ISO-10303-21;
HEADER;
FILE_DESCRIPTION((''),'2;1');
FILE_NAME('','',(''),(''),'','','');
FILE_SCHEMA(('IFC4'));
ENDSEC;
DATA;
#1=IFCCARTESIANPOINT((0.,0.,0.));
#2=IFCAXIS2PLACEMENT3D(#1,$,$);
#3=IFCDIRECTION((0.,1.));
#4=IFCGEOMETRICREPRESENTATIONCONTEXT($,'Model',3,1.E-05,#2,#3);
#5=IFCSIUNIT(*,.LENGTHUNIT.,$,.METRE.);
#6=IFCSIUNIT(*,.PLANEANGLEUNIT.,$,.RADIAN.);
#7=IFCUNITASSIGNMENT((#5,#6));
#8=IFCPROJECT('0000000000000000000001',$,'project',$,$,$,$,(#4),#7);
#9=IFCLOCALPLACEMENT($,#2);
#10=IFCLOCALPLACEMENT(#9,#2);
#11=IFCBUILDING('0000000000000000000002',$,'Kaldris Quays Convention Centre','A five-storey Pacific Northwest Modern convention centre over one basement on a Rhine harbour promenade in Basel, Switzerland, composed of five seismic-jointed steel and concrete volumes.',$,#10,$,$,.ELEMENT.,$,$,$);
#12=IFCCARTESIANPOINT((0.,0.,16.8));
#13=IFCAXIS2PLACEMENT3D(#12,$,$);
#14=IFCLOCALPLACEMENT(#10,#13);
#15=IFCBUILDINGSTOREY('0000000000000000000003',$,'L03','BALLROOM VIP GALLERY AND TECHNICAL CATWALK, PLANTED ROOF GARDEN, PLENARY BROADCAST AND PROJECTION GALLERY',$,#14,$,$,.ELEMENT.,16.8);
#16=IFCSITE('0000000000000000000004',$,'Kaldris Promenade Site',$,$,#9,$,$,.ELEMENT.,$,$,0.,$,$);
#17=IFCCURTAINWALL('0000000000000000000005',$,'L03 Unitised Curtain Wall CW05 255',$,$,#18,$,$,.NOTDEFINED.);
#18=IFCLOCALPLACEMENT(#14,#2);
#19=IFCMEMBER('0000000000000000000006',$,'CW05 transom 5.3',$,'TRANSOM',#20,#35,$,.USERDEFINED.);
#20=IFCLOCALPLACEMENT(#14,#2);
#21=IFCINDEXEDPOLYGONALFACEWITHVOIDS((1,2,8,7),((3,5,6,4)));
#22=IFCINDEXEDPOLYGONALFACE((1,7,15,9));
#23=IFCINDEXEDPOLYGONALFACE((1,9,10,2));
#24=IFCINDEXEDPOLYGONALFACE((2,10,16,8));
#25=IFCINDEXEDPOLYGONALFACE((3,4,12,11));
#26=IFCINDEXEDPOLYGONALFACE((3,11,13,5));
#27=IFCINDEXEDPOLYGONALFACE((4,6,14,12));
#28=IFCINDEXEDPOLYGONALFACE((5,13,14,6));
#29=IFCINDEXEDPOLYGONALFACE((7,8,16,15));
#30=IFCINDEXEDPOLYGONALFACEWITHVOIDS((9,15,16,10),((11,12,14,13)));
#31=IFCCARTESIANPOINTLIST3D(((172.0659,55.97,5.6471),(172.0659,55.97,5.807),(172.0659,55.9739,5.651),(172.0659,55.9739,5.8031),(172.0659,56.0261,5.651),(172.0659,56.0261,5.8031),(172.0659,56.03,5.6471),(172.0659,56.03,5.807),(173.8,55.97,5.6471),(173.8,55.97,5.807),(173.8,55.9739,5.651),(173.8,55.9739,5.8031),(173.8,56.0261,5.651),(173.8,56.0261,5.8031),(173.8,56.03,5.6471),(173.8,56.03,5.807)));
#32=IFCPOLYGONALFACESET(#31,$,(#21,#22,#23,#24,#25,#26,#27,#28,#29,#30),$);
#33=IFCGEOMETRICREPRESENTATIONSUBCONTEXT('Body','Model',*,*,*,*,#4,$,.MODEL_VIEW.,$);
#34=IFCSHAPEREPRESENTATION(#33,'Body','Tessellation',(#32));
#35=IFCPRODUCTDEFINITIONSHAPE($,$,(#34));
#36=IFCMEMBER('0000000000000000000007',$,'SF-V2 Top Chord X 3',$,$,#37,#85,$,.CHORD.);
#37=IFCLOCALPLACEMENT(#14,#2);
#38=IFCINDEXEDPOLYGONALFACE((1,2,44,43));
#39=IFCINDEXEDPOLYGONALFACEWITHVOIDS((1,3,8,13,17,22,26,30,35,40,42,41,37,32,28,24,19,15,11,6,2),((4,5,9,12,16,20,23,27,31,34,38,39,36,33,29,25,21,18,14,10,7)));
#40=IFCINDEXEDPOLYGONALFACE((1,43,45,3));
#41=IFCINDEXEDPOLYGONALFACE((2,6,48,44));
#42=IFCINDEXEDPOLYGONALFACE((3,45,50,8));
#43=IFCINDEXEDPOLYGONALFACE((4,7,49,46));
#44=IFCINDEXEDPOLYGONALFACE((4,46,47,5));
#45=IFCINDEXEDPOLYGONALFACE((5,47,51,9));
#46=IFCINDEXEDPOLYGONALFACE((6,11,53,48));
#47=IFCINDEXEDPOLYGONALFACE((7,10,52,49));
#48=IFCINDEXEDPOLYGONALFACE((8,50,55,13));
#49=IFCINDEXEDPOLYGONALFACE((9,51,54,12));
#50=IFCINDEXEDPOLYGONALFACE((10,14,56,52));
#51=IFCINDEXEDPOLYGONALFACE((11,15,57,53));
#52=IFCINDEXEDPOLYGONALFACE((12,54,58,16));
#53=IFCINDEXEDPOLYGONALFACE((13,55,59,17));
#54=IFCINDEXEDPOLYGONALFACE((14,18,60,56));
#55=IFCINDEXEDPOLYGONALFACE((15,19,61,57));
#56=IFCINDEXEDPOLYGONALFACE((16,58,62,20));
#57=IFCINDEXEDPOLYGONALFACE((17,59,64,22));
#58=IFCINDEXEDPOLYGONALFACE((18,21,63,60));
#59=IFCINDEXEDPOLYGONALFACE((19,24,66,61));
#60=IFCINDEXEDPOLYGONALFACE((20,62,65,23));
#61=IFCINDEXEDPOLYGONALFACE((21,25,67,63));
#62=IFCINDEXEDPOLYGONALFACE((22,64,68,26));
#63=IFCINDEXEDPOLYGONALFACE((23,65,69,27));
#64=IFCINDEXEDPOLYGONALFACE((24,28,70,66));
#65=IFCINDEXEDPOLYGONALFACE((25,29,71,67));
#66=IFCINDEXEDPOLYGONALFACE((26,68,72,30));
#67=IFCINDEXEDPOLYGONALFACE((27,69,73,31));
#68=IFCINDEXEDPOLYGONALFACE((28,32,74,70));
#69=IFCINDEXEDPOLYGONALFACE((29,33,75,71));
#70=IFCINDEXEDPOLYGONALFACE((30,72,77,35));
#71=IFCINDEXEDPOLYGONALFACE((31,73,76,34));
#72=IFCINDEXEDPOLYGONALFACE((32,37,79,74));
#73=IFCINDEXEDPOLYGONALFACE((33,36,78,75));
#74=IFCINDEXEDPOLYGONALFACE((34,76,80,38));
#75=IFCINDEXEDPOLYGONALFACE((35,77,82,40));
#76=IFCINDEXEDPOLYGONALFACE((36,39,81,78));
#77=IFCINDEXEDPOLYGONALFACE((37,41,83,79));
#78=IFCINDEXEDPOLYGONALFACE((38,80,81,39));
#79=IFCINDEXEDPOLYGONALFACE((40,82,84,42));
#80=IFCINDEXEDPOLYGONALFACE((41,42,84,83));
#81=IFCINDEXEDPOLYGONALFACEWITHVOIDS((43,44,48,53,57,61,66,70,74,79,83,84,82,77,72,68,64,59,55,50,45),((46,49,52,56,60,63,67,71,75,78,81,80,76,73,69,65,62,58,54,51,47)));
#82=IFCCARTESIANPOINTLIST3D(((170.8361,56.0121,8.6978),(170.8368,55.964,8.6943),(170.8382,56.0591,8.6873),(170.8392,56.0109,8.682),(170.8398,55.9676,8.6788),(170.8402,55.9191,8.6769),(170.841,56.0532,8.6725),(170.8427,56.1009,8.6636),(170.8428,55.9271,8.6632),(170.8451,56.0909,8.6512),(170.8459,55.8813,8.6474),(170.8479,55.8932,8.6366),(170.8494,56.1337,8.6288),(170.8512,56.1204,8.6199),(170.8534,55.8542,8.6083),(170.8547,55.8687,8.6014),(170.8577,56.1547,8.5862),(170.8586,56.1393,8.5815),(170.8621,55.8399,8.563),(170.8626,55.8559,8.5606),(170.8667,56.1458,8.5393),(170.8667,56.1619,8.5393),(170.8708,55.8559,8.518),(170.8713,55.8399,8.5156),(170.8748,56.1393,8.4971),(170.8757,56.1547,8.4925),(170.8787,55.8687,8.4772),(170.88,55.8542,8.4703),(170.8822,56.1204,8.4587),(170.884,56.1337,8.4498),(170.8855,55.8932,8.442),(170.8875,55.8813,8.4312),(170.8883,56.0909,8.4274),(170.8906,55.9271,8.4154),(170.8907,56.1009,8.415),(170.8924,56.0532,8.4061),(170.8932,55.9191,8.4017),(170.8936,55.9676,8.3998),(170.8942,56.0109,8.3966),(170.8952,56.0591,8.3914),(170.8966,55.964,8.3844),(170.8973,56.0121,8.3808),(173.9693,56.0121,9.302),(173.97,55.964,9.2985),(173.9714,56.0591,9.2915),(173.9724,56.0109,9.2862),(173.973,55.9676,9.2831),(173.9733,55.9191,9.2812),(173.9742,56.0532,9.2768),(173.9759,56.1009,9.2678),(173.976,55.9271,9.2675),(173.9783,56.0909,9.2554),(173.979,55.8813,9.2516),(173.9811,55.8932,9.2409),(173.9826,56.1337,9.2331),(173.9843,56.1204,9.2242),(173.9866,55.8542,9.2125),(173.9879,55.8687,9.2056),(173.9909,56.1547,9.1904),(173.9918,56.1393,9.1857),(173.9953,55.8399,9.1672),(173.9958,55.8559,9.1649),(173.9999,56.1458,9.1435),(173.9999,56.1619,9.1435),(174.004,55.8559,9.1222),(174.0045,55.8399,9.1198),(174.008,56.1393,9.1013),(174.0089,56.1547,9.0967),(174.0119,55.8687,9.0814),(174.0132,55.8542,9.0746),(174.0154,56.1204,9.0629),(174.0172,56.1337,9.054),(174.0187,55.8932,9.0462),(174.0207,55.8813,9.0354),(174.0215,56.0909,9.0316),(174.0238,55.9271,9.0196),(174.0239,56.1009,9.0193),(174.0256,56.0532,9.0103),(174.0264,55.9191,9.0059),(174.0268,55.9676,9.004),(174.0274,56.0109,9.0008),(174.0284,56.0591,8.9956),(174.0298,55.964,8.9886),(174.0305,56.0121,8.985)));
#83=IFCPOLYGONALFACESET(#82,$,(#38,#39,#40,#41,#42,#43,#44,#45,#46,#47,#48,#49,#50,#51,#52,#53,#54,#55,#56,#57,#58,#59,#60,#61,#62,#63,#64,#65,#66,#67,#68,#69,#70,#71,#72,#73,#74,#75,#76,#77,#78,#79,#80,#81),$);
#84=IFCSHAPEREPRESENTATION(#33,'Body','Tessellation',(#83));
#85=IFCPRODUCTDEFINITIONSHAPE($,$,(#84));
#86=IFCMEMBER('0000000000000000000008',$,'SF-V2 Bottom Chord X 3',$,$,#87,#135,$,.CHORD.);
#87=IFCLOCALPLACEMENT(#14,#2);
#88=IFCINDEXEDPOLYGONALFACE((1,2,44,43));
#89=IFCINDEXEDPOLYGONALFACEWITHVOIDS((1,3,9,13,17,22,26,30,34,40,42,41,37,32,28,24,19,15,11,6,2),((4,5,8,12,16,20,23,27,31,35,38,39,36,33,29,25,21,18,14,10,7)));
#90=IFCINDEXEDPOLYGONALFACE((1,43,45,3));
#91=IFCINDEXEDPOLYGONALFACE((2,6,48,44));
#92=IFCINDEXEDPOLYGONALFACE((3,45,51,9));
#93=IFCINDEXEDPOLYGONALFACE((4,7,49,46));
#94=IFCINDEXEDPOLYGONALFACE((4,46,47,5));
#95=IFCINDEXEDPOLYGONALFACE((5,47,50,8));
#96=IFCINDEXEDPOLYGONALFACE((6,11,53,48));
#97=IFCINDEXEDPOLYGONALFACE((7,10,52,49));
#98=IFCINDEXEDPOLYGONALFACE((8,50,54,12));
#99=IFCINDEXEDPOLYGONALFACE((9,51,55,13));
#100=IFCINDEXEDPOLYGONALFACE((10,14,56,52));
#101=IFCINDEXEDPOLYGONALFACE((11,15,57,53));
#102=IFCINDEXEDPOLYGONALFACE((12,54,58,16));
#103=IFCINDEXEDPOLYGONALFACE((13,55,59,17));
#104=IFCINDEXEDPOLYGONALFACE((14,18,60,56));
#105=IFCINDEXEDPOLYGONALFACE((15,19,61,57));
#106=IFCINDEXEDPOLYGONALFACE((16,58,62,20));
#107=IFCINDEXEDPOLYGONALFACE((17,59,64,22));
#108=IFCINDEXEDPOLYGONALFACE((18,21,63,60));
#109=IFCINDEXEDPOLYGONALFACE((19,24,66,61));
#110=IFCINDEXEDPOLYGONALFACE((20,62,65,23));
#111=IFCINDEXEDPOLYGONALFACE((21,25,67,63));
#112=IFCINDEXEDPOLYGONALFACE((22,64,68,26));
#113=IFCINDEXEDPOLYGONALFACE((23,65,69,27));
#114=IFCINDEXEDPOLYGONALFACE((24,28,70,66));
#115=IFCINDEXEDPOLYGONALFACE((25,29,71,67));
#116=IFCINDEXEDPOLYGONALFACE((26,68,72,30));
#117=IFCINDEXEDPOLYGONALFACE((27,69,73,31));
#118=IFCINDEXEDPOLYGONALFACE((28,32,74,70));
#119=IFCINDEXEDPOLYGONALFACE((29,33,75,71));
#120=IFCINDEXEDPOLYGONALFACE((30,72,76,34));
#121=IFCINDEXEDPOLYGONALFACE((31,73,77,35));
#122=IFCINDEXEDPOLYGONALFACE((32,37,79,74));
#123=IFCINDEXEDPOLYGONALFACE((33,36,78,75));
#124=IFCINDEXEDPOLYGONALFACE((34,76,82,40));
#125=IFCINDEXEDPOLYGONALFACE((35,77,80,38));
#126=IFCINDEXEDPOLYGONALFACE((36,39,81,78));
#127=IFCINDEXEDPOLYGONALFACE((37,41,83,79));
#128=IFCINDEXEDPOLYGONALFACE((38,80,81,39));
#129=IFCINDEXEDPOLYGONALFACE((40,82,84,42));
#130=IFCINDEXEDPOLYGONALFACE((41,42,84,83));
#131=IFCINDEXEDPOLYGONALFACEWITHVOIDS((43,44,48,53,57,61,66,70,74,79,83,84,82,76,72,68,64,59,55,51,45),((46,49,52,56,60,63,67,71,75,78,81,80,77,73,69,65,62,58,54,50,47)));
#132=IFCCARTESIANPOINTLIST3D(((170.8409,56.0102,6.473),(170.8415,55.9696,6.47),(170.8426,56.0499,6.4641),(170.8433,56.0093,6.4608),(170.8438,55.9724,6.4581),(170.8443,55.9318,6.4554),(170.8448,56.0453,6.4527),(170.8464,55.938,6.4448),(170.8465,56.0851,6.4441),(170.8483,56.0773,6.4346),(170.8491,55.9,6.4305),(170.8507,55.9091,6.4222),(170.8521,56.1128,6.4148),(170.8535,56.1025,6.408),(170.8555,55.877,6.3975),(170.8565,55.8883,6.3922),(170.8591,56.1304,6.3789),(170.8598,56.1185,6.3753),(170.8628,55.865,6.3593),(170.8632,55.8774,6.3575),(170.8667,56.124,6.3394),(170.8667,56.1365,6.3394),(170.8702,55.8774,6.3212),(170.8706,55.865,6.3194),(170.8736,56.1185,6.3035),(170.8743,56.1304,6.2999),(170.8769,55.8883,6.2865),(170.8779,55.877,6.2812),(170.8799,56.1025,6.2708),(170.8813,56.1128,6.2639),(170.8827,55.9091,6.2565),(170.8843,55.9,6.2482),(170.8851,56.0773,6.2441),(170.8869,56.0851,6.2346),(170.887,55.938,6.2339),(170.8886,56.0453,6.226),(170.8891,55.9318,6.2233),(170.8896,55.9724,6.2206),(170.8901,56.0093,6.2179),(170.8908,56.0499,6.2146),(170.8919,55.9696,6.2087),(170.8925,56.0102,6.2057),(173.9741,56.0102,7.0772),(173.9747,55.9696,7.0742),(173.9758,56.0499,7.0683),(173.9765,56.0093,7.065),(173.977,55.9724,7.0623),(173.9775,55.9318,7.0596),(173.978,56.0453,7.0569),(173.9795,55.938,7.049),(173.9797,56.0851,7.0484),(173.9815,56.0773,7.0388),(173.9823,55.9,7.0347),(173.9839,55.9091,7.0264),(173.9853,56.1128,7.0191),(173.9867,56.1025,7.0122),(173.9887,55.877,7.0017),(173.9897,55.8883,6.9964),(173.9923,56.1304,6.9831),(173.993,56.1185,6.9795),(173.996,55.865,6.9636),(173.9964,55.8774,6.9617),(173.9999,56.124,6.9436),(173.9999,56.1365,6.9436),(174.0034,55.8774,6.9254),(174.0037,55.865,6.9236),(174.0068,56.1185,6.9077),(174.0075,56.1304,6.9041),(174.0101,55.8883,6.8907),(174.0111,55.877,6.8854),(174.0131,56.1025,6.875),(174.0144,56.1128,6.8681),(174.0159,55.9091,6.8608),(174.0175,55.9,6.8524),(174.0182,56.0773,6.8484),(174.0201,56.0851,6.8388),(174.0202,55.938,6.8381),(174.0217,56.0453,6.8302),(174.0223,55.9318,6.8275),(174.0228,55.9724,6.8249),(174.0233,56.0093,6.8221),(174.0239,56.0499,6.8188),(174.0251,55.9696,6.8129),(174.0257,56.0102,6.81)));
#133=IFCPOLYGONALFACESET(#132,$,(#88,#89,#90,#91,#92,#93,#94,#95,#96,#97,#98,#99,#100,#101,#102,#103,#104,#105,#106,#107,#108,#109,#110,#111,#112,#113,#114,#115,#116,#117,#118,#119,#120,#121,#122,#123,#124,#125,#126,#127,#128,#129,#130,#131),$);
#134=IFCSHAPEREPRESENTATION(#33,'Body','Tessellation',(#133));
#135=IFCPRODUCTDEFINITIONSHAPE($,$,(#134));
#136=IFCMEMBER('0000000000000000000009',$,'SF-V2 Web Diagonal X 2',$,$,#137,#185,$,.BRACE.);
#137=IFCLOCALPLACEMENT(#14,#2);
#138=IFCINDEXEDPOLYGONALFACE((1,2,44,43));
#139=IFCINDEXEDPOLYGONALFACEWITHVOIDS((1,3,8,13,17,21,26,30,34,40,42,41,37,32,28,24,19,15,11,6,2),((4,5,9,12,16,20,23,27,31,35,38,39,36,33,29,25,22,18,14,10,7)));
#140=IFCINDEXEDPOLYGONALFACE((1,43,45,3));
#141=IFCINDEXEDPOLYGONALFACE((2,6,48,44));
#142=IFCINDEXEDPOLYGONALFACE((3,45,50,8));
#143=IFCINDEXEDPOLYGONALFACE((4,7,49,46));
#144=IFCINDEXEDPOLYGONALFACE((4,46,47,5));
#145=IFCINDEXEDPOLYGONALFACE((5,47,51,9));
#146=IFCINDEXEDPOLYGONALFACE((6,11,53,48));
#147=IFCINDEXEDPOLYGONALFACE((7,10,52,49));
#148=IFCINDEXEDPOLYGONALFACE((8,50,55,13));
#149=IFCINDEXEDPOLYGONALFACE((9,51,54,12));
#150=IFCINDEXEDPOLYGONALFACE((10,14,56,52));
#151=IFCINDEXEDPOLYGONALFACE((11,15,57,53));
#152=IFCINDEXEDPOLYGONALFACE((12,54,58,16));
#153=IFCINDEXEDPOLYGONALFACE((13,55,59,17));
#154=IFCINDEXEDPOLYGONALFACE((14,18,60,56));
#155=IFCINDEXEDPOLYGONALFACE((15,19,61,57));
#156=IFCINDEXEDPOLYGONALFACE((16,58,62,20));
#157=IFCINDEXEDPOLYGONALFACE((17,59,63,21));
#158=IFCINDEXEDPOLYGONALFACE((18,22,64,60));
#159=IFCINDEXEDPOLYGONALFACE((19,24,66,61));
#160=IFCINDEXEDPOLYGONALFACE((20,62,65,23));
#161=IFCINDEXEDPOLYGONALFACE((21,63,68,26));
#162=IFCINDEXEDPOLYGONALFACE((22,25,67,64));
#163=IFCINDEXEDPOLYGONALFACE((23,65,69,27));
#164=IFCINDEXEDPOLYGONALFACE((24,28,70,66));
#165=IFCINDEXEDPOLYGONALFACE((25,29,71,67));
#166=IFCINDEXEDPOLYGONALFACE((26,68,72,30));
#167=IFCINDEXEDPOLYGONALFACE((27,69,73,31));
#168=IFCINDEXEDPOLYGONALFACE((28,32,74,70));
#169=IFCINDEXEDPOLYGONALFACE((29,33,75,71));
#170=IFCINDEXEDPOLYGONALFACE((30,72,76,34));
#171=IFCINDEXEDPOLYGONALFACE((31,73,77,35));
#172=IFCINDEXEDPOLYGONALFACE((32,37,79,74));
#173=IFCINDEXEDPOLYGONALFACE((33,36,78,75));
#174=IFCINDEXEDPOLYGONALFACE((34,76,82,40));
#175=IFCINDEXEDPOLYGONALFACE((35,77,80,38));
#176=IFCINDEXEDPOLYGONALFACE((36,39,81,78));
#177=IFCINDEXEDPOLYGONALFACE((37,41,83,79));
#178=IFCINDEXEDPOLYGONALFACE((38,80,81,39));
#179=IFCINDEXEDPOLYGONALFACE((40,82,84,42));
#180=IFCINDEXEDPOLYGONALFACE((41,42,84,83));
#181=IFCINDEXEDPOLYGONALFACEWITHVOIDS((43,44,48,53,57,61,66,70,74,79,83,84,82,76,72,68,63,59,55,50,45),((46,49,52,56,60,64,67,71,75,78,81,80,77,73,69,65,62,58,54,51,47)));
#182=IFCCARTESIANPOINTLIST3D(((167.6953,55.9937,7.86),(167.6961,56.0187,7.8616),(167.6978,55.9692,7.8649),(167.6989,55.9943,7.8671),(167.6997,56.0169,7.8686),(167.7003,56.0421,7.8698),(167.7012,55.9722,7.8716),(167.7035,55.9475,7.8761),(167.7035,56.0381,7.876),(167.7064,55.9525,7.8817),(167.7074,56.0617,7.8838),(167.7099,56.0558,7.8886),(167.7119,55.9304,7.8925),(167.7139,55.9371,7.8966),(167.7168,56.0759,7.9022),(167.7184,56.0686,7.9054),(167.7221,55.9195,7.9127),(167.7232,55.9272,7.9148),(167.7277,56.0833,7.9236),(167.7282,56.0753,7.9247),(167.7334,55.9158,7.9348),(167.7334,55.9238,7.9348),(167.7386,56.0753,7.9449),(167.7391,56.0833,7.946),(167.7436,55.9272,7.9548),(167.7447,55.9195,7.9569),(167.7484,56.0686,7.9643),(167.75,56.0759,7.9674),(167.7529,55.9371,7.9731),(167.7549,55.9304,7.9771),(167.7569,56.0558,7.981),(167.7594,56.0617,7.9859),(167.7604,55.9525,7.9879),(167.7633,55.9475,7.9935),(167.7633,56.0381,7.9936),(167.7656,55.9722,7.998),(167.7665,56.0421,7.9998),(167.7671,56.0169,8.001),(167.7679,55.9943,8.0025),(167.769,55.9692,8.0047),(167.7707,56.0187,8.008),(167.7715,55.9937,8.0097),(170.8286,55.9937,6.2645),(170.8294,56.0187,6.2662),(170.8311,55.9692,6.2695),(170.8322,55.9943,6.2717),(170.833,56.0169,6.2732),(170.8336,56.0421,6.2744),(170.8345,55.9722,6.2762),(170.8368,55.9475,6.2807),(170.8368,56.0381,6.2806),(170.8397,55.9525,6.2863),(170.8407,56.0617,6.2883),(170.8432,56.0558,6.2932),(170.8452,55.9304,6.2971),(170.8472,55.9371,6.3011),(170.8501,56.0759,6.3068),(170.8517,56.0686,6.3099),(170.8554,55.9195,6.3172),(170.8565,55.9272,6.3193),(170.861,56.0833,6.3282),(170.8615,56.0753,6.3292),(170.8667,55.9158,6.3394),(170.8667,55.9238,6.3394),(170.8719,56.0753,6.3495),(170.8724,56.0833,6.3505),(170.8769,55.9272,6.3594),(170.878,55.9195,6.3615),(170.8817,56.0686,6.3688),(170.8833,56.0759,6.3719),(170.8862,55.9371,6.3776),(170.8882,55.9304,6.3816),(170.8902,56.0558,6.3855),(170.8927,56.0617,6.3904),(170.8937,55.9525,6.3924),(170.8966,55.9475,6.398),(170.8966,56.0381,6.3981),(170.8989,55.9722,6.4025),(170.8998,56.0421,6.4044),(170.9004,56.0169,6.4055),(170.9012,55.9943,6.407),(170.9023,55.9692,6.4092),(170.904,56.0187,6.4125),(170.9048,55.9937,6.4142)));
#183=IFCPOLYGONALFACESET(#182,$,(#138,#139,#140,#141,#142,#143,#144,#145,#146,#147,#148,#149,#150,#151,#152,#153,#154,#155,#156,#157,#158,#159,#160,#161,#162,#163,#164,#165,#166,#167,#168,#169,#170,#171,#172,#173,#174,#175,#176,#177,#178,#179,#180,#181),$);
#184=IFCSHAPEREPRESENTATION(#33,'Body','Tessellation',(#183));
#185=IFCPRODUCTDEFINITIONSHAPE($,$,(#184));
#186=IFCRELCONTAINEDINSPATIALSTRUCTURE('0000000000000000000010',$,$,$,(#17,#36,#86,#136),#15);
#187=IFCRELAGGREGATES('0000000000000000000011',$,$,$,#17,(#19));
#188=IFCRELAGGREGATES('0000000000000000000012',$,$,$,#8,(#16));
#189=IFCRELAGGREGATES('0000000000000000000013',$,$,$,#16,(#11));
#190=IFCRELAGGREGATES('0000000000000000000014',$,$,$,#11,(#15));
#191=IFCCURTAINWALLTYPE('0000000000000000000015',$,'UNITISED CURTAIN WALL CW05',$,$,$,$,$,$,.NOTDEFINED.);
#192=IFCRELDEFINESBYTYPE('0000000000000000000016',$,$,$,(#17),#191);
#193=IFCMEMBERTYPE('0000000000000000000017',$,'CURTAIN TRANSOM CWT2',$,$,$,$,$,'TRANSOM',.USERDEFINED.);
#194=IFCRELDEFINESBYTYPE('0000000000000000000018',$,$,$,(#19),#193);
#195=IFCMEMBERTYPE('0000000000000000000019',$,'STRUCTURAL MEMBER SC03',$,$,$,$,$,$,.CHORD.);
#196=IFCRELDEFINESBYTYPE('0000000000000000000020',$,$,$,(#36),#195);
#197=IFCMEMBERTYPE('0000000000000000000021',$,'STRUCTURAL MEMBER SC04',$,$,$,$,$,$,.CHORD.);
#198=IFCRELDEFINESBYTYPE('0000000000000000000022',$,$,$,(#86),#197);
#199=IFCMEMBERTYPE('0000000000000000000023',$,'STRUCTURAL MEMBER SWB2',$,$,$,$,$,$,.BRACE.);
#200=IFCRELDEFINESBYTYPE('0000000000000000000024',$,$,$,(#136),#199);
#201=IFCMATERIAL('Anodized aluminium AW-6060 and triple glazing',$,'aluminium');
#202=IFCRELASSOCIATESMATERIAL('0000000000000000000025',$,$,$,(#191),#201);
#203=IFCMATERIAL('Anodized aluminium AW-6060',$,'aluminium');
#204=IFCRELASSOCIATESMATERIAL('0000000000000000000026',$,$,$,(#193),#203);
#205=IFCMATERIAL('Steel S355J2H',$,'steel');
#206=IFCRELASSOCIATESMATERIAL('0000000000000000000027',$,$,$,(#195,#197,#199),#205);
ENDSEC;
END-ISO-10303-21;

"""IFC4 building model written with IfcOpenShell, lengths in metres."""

from ifc_helpers import new_model, si_unit, direction, frame, origin, origin_2d, place, context, subcontext, project, spatial, hollow_rectangle, hollow_circle, extrude, material, material_profile, profile_set, type_object, element, aggregate, save


model = new_model("IFC4")

# Units and contexts
model_context = context("Model", 3, precision=1e-05, world=origin(), true_north=direction((0.0, 1.0)))
body_context = subcontext(model_context, "Body", "Model", "MODEL_VIEW")
ifc_project = project(units=[si_unit("LENGTHUNIT", "METRE"), si_unit("PLANEANGLEUNIT", "RADIAN")], contexts=[model_context])

# Site, building, storey
site_placement = place(None, origin())
site = spatial("IfcSite", under=ifc_project, at=site_placement, Name="Kaldris Promenade Site", CompositionType="ELEMENT", RefElevation=0.0)
building_placement = place(site_placement, origin())
building = spatial("IfcBuilding", under=site, at=building_placement, Name="Kaldris Quays Convention Centre", Description="A five-storey Pacific Northwest Modern convention centre over one basement on a Rhine harbour promenade in Basel, Switzerland, composed of five seismic-jointed steel and concrete volumes.", CompositionType="ELEMENT")
storey_placement = place(building_placement, frame((0.0, 0.0, 16.8)))
storey = spatial("IfcBuildingStorey", under=building, at=storey_placement, Name="L03", Description="BALLROOM VIP GALLERY AND TECHNICAL CATWALK, PLANTED ROOF GARDEN, PLENARY BROADCAST AND PROJECTION GALLERY", CompositionType="ELEMENT", Elevation=16.8)

# Curtain wall
ifc_material_1 = material(Name="Anodized aluminium AW-6060 and triple glazing", Category="aluminium")
ifc_material_2 = material(Name="Anodized aluminium AW-6060", Category="aluminium")
curtain_wall_type_1 = type_object("IfcCurtainWallType", Name="UNITISED CURTAIN WALL CW05", PredefinedType="NOTDEFINED", material=ifc_material_1)
curtain_wall_1_placement = place(storey_placement, origin())
curtain_wall_1 = element("IfcCurtainWall", 1, at=curtain_wall_1_placement, inside=storey, type_object=curtain_wall_type_1, Name="L03 Unitised Curtain Wall CW05 255", PredefinedType="NOTDEFINED")

# Member
ifc_material_profile_1 = material_profile(ifc_material_2, hollow_rectangle(XDim=0.0601, YDim=0.1599, WallThickness=0.0039, at=origin_2d()), Name="RHS 160x60x4")
ifc_profile_set_1 = profile_set([ifc_material_profile_1], Name="Anodized aluminium AW-6060")
member_type_1 = type_object("IfcMemberType", Name="CURTAIN TRANSOM CWT2", ElementType="TRANSOM", PredefinedType="USERDEFINED", material=ifc_profile_set_1)
member_1_placement = place(storey_placement, frame((172.0659, 56.0, 5.7271), z_axis=(1.0, 0.0, 0.0), x_axis=(0.0, 1.0, 0.0)))
member_1 = element("IfcMember", 2, at=member_1_placement, type_object=member_type_1, Name="CW05 transom 5.3", ObjectType="TRANSOM", PredefinedType="USERDEFINED", context=body_context, shape_type="SweptSolid", body=[
    extrude(hollow_rectangle(XDim=0.0601, YDim=0.1599, WallThickness=0.0039, at=origin_2d()), origin(), (0.0, 0.0, 1.0), 1.7341),
])

# Members
ifc_material_3 = material(Name="Steel S355J2H", Category="steel")
ifc_material_profile_2 = material_profile(ifc_material_3, hollow_circle(Radius=0.1619, WallThickness=0.0161, at=origin_2d()), Name="CHS 323.9x16")
ifc_profile_set_2 = profile_set([ifc_material_profile_2], Name="Steel S355J2H")
member_type_2 = type_object("IfcMemberType", Name="STRUCTURAL MEMBER SC03", PredefinedType="CHORD", material=ifc_profile_set_2)
member_2_placement = place(storey_placement, frame((170.8667, 56.0, 8.5393), z_axis=(0.981908, 0.0, 0.189358), x_axis=(0.0, 1.0, 0.0)))
element("IfcMember", 3, at=member_2_placement, inside=storey, type_object=member_type_2, Name="SF-V2 Top Chord X 3", PredefinedType="CHORD", context=body_context, shape_type="SweptSolid", body=[
    extrude(hollow_circle(Radius=0.1619, WallThickness=0.0161, at=origin_2d()), origin(), (0.0, 0.0, 1.0), 3.1909),
])
ifc_material_profile_3 = material_profile(ifc_material_3, hollow_circle(Radius=0.1365, WallThickness=0.0125, at=origin_2d()), Name="CHS 273x12.5")
ifc_profile_set_3 = profile_set([ifc_material_profile_3], Name="Steel S355J2H")
member_type_3 = type_object("IfcMemberType", Name="STRUCTURAL MEMBER SC04", PredefinedType="CHORD", material=ifc_profile_set_3)
member_3_placement = place(storey_placement, frame((170.8667, 56.0, 6.3394), z_axis=(0.981908, 0.0, 0.189358), x_axis=(0.0, 1.0, 0.0)))
element("IfcMember", 4, at=member_3_placement, inside=storey, type_object=member_type_3, Name="SF-V2 Bottom Chord X 3", PredefinedType="CHORD", context=body_context, shape_type="SweptSolid", body=[
    extrude(hollow_circle(Radius=0.1365, WallThickness=0.0125, at=origin_2d()), origin(), (0.0, 0.0, 1.0), 3.1909),
])
ifc_material_profile_4 = material_profile(ifc_material_3, hollow_circle(Radius=0.0842, WallThickness=0.0081, at=origin_2d()), Name="CHS 168.3x8")
ifc_profile_set_4 = profile_set([ifc_material_profile_4], Name="Steel S355J2H")
member_type_4 = type_object("IfcMemberType", Name="STRUCTURAL MEMBER SWB2", PredefinedType="BRACE", material=ifc_profile_set_4)
member_4_placement = place(storey_placement, frame((170.8667, 56.0, 6.3394), z_axis=(-0.891126, 0.0, 0.453756), x_axis=(0.0, -1.0, 0.0)))
element("IfcMember", 5, at=member_4_placement, inside=storey, type_object=member_type_4, Name="SF-V2 Web Diagonal X 2", PredefinedType="BRACE", context=body_context, shape_type="SweptSolid", body=[
    extrude(hollow_circle(Radius=0.0842, WallThickness=0.0081, at=origin_2d()), origin(), (0.0, 0.0, 1.0), 3.5161),
])

aggregate(curtain_wall_1, [member_1])

save(model, "model.ifc")
